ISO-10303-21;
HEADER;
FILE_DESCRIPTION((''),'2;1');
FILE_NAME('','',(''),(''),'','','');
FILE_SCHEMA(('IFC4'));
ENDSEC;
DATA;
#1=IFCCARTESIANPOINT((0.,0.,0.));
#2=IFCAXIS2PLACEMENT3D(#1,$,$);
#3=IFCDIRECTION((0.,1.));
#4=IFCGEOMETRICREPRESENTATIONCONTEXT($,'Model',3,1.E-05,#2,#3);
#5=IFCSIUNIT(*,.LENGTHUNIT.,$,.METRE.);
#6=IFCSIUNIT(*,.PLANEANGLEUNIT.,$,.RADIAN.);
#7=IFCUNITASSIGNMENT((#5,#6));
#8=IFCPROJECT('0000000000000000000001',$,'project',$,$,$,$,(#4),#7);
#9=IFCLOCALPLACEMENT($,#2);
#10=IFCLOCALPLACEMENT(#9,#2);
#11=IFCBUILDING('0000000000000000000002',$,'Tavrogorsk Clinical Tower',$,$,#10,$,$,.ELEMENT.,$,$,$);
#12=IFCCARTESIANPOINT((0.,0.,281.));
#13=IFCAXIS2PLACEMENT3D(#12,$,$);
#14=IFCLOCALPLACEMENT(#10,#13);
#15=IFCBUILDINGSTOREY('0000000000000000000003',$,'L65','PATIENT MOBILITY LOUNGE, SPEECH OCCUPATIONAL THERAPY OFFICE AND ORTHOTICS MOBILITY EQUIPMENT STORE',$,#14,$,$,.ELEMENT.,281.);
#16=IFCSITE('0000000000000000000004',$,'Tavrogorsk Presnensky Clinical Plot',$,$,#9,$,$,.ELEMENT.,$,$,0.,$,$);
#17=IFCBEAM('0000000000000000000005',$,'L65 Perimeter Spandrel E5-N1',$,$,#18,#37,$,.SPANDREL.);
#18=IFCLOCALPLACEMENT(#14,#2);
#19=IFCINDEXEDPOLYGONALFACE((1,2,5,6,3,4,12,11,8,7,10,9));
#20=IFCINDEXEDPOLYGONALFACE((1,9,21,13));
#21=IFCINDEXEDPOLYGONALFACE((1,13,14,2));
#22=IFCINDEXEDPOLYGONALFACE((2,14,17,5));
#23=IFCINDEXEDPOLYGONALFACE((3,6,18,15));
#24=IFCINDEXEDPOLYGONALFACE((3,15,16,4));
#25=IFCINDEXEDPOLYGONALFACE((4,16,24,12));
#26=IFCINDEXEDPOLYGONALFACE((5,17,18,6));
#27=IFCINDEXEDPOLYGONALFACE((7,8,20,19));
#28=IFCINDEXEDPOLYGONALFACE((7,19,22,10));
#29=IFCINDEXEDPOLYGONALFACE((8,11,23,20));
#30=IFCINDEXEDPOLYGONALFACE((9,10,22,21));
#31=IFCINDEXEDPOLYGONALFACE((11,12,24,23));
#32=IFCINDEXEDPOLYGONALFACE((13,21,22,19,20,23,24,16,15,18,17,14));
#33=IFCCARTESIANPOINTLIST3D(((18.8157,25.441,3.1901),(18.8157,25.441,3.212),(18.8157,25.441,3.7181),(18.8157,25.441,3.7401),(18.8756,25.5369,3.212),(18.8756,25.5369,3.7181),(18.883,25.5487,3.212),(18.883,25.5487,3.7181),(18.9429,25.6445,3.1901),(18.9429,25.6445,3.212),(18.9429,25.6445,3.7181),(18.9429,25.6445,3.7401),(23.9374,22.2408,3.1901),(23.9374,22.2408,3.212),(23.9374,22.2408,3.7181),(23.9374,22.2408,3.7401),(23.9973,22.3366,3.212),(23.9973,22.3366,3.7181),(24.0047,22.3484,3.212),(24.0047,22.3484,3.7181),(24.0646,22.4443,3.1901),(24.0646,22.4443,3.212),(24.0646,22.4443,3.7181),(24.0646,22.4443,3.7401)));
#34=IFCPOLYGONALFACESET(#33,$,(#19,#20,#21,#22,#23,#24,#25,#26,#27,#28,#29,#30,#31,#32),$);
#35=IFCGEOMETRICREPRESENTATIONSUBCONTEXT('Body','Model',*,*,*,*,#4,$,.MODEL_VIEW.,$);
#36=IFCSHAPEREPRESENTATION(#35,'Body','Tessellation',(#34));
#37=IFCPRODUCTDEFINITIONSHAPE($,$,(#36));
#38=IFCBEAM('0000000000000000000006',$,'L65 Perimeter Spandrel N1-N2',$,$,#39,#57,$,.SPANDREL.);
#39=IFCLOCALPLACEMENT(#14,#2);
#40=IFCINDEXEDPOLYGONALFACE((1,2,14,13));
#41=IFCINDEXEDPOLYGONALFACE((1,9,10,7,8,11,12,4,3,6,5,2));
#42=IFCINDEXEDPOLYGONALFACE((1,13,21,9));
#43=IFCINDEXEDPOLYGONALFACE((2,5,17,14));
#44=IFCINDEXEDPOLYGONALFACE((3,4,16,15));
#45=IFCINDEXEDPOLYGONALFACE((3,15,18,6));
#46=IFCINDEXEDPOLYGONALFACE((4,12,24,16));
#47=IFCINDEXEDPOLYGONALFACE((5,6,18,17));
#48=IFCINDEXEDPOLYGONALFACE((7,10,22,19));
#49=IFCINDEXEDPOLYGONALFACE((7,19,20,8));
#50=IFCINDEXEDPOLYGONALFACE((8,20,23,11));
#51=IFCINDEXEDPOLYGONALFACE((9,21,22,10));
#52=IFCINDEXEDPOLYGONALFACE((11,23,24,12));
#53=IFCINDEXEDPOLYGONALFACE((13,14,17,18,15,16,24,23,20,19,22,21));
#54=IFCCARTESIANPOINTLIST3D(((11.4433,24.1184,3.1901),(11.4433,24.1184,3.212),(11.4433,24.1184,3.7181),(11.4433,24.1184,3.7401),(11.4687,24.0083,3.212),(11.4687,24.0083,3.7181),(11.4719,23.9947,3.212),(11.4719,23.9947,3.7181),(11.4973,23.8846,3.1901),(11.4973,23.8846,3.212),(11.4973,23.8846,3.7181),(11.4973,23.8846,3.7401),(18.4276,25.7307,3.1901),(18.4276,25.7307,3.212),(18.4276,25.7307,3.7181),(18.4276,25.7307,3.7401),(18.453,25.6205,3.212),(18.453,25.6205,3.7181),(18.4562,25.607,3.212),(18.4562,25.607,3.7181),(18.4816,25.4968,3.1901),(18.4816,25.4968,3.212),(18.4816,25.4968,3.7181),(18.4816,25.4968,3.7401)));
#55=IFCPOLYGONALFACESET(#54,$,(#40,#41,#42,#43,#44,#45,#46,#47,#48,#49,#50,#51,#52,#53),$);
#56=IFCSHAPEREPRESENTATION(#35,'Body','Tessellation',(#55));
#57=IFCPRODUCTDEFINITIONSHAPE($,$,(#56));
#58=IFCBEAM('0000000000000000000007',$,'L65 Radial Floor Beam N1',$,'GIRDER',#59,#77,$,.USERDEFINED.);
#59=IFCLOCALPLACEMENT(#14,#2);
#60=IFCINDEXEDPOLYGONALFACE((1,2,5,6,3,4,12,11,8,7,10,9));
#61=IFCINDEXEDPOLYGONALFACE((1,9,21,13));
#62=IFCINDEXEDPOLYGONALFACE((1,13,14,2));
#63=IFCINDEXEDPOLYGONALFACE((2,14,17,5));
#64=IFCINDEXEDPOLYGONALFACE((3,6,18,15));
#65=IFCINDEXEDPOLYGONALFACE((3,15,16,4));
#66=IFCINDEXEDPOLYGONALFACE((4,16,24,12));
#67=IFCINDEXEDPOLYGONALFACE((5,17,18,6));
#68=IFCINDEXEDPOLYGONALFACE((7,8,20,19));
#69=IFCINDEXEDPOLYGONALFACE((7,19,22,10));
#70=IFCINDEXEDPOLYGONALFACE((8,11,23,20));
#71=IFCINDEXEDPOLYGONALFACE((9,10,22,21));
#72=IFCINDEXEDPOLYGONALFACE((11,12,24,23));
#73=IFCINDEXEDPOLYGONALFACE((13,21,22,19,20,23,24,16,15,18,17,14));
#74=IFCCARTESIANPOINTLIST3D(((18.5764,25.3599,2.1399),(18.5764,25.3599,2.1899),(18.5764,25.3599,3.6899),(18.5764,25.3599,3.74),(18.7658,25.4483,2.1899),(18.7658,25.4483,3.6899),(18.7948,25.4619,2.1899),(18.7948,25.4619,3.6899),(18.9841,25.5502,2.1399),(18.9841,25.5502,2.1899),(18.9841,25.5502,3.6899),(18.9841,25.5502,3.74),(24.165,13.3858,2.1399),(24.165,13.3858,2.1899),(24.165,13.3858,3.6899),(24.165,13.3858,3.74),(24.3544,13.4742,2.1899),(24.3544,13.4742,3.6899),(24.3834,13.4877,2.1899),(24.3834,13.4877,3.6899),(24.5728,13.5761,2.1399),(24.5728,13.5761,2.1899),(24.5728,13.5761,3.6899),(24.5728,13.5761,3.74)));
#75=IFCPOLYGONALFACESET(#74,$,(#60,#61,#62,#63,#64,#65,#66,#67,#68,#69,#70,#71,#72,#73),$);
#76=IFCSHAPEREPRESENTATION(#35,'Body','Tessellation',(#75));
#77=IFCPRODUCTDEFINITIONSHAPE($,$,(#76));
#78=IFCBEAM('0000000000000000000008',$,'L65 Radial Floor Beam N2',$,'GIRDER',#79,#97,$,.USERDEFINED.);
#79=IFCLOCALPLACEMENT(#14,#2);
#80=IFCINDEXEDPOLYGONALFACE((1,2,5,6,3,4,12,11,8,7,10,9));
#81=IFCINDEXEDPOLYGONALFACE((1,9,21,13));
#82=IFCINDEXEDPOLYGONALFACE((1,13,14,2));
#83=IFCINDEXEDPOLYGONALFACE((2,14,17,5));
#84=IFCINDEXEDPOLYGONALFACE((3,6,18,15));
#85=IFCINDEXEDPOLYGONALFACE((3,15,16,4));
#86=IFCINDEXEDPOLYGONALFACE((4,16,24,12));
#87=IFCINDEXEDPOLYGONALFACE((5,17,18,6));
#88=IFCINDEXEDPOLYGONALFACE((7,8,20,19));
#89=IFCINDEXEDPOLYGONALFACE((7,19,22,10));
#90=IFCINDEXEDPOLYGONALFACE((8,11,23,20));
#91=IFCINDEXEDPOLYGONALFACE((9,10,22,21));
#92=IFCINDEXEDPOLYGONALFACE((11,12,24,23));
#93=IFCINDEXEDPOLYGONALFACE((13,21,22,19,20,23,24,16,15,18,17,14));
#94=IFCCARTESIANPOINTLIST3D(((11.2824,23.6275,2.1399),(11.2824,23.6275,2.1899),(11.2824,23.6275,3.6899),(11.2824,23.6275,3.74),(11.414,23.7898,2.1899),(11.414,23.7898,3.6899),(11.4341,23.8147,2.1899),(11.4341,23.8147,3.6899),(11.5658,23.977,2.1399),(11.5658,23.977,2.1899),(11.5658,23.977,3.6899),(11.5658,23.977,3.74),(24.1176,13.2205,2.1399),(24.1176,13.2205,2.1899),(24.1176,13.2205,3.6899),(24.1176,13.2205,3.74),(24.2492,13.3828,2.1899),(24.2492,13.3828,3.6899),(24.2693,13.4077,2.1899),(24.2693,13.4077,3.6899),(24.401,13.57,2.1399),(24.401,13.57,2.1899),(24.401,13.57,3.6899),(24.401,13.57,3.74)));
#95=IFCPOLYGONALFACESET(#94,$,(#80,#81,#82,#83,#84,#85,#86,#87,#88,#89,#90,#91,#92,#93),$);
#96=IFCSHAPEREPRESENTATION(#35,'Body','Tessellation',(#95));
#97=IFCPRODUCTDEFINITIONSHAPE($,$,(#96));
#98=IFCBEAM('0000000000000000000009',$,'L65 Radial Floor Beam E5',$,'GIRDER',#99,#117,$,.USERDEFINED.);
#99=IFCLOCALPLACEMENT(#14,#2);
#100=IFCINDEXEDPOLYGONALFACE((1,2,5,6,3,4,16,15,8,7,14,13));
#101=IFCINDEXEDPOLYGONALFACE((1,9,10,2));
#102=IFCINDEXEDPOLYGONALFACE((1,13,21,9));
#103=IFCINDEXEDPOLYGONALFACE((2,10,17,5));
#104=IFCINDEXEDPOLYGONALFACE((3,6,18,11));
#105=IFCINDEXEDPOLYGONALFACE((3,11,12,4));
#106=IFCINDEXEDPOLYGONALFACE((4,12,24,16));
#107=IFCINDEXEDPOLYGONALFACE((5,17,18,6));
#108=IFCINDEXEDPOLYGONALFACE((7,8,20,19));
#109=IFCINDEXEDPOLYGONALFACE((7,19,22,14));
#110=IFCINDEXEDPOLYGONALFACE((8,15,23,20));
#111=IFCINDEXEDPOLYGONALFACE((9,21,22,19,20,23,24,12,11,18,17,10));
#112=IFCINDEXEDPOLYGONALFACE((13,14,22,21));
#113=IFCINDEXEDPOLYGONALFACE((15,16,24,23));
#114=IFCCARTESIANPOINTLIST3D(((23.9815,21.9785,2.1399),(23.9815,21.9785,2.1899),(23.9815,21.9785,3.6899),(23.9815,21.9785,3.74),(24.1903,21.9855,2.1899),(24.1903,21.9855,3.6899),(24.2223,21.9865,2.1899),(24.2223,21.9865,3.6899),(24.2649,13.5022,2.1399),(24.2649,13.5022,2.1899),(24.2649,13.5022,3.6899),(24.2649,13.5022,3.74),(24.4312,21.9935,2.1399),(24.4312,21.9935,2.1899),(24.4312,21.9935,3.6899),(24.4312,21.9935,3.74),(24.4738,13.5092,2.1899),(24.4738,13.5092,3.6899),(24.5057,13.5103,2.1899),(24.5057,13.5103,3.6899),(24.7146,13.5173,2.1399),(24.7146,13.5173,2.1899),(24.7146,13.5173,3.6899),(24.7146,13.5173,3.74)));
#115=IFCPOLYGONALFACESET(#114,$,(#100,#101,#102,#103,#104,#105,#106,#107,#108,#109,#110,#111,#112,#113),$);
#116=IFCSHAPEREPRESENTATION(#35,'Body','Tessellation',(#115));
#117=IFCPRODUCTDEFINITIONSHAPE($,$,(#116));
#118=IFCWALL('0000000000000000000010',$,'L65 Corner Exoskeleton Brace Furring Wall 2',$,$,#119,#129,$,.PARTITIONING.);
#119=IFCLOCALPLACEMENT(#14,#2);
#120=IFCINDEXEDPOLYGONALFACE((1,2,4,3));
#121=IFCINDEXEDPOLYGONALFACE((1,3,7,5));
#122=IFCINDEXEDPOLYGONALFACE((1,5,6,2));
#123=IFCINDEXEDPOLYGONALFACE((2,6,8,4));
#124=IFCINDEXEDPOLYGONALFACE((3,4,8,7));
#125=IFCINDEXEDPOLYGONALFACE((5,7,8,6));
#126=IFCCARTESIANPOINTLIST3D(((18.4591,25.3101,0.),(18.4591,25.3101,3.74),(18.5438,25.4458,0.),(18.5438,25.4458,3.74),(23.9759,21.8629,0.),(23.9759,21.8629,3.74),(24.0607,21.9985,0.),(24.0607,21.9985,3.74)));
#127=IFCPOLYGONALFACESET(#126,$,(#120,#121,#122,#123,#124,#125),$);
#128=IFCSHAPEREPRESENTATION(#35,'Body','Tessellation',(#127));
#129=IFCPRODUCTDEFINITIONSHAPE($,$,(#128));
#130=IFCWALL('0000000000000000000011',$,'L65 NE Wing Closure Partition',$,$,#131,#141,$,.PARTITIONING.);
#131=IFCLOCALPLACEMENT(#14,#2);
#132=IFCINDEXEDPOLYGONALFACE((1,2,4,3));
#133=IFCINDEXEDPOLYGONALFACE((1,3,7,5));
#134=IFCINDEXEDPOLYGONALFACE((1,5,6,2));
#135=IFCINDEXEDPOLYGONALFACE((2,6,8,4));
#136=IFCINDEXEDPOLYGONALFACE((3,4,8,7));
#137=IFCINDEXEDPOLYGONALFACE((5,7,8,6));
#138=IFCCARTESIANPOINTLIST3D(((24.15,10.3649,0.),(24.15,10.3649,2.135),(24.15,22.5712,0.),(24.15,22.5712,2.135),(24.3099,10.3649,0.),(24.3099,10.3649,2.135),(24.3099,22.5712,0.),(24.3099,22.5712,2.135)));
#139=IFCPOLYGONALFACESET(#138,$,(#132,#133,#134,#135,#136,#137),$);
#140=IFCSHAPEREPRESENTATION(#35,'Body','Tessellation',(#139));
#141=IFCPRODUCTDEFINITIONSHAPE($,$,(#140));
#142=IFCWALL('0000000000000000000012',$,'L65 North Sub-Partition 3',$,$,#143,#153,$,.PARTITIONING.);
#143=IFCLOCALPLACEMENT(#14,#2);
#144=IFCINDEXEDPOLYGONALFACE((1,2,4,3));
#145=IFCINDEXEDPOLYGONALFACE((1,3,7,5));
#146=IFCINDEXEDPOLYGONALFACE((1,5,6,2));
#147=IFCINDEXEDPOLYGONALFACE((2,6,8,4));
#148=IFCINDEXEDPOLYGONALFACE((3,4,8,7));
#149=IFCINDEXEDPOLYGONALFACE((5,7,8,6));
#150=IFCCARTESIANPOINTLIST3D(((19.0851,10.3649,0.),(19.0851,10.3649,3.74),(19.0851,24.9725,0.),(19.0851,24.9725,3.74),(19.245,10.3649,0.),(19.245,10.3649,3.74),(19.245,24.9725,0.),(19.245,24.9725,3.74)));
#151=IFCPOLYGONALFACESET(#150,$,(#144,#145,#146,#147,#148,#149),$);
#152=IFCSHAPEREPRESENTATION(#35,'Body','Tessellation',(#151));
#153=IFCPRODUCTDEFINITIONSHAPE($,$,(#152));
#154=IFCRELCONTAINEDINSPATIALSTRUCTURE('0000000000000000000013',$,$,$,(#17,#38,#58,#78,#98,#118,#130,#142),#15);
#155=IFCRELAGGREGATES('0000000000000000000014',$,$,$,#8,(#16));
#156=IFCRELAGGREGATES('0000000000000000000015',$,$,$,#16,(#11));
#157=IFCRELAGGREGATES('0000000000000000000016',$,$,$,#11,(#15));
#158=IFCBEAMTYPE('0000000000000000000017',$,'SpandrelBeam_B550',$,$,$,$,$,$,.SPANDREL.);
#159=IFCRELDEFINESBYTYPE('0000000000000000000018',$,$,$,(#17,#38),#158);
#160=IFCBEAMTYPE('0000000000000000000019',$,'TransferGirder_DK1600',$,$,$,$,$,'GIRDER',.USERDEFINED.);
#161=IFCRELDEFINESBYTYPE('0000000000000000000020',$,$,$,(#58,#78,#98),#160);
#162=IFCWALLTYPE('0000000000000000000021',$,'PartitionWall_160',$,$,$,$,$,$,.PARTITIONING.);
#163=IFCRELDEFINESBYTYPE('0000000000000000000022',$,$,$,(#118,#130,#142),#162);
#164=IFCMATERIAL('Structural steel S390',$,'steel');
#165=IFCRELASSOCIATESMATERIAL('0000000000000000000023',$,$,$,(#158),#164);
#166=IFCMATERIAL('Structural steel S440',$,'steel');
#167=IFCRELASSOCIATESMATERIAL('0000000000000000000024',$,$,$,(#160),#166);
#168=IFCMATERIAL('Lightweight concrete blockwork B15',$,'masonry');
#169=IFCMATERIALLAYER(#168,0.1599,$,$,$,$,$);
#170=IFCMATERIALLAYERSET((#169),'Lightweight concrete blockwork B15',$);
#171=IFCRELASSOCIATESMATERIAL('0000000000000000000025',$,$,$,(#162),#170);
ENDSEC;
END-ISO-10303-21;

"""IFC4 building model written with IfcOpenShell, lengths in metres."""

from ifc_helpers import new_model, si_unit, direction, frame, frame_2d, origin, origin_2d, place, context, subcontext, project, spatial, rectangle, i_section, extrude, material, layer, layer_set, material_profile, profile_set, type_object, element, save


model = new_model("IFC4")

# Units and contexts
model_context = context("Model", 3, precision=1e-05, world=origin(), true_north=direction((0.0, 1.0)))
body_context = subcontext(model_context, "Body", "Model", "MODEL_VIEW")
ifc_project = project(units=[si_unit("LENGTHUNIT", "METRE"), si_unit("PLANEANGLEUNIT", "RADIAN")], contexts=[model_context])

# Site, building, storey
site_placement = place(None, origin())
site = spatial("IfcSite", under=ifc_project, at=site_placement, Name="Tavrogorsk Presnensky Clinical Plot", CompositionType="ELEMENT", RefElevation=0.0)
building_placement = place(site_placement, origin())
building = spatial("IfcBuilding", under=site, at=building_placement, Name="Tavrogorsk Clinical Tower", CompositionType="ELEMENT")
storey_placement = place(building_placement, frame((0.0, 0.0, 281.0)))
storey = spatial("IfcBuildingStorey", under=building, at=storey_placement, Name="L65", Description="PATIENT MOBILITY LOUNGE, SPEECH OCCUPATIONAL THERAPY OFFICE AND ORTHOTICS MOBILITY EQUIPMENT STORE", CompositionType="ELEMENT", Elevation=281.0)

# Beams
ifc_material_1 = material(Name="Structural steel S390", Category="steel")
ifc_material_profile_1 = material_profile(ifc_material_1, i_section(OverallWidth=0.24, OverallDepth=0.55, WebThickness=0.0139, FlangeThickness=0.022, at=origin_2d()), Name="B-550x240x14x22")
ifc_profile_set_1 = profile_set([ifc_material_profile_1], Name="Structural steel S390")
beam_type_1 = type_object("IfcBeamType", Name="SpandrelBeam_B550", PredefinedType="SPANDREL", material=ifc_profile_set_1)
beam_1_placement = place(storey_placement, frame((24.001, 22.3425, 3.4651), z_axis=(-0.848057, 0.529904, 0.0), x_axis=(-0.529904, -0.848057, 0.0)))
element("IfcBeam", 1, at=beam_1_placement, inside=storey, type_object=beam_type_1, Name="L65 Perimeter Spandrel E5-N1", PredefinedType="SPANDREL", context=body_context, shape_type="SweptSolid", body=[
    extrude(i_section(OverallWidth=0.24, OverallDepth=0.55, WebThickness=0.0139, FlangeThickness=0.022, at=origin_2d()), origin(), (0.0, 0.0, 1.0), 6.0393),
])
beam_2_placement = place(storey_placement, frame((18.4546, 25.6138, 3.4651), z_axis=(-0.974375, -0.224929, 0.0), x_axis=(0.224929, -0.974375, 0.0)))
element("IfcBeam", 2, at=beam_2_placement, inside=storey, type_object=beam_type_1, Name="L65 Perimeter Spandrel N1-N2", PredefinedType="SPANDREL", context=body_context, shape_type="SweptSolid", body=[
    extrude(i_section(OverallWidth=0.24, OverallDepth=0.55, WebThickness=0.0139, FlangeThickness=0.022, at=origin_2d()), origin(), (0.0, 0.0, 1.0), 7.168),
])
ifc_material_2 = material(Name="Structural steel S440", Category="steel")
ifc_material_profile_2 = material_profile(ifc_material_2, i_section(OverallWidth=0.45, OverallDepth=1.6001, WebThickness=0.032, FlangeThickness=0.05, at=origin_2d()), Name="DK-1600x450x32x50")
ifc_profile_set_2 = profile_set([ifc_material_profile_2], Name="Structural steel S440")
beam_type_2 = type_object("IfcBeamType", Name="TransferGirder_DK1600", ElementType="GIRDER", PredefinedType="USERDEFINED", material=ifc_profile_set_2)
beam_3_placement = place(storey_placement, frame((24.3689, 13.481, 2.9399), z_axis=(-0.422929, 0.906163, 0.0), x_axis=(-0.906163, -0.422929, 0.0)))
element("IfcBeam", 3, at=beam_3_placement, inside=storey, type_object=beam_type_2, Name="L65 Radial Floor Beam N1", ObjectType="GIRDER", PredefinedType="USERDEFINED", context=body_context, shape_type="SweptSolid", body=[
    extrude(i_section(OverallWidth=0.45, OverallDepth=1.6001, WebThickness=0.032, FlangeThickness=0.05, at=origin_2d()), origin(), (0.0, 0.0, 1.0), 13.2141),
])
beam_4_placement = place(storey_placement, frame((24.2593, 13.3953, 2.9399), z_axis=(-0.776754, 0.629804, 0.0), x_axis=(-0.629804, -0.776754, 0.0)))
element("IfcBeam", 4, at=beam_4_placement, inside=storey, type_object=beam_type_2, Name="L65 Radial Floor Beam N2", ObjectType="GIRDER", PredefinedType="USERDEFINED", context=body_context, shape_type="SweptSolid", body=[
    extrude(i_section(OverallWidth=0.45, OverallDepth=1.6001, WebThickness=0.032, FlangeThickness=0.05, at=origin_2d()), origin(), (0.0, 0.0, 1.0), 16.5242),
])
beam_5_placement = place(storey_placement, frame((24.4897, 13.5098, 2.9399), z_axis=(-0.033421, 0.999441, 0.0), x_axis=(-0.999441, -0.033421, 0.0)))
element("IfcBeam", 5, at=beam_5_placement, inside=storey, type_object=beam_type_2, Name="L65 Radial Floor Beam E5", ObjectType="GIRDER", PredefinedType="USERDEFINED", context=body_context, shape_type="SweptSolid", body=[
    extrude(i_section(OverallWidth=0.45, OverallDepth=1.6001, WebThickness=0.032, FlangeThickness=0.05, at=origin_2d()), origin(), (0.0, 0.0, 1.0), 8.481),
])

# Walls
ifc_material_3 = material(Name="Lightweight concrete blockwork B15", Category="masonry")
ifc_layer_1 = layer(ifc_material_3, 0.1599)
ifc_layer_set_1 = layer_set([ifc_layer_1], Name="Lightweight concrete blockwork B15")
wall_type_1 = type_object("IfcWallType", Name="PartitionWall_160", PredefinedType="PARTITIONING", material=ifc_layer_set_1)
wall_1_placement = place(storey_placement, frame((24.0183, 21.9307, 0.0), z_axis=(0.0, 0.0, 1.0), x_axis=(-0.848051, 0.529915, 0.0)))
element("IfcWall", 6, at=wall_1_placement, inside=storey, type_object=wall_type_1, Name="L65 Corner Exoskeleton Brace Furring Wall 2", PredefinedType="PARTITIONING", context=body_context, shape_type="SweptSolid", body=[
    extrude(rectangle(XDim=6.5054, YDim=0.1599, at=frame_2d((3.2527, 0.0))), origin(), (0.0, 0.0, 1.0), 3.74),
])
wall_2_placement = place(storey_placement, frame((24.23, 10.365, 0.0), z_axis=(0.0, 0.0, 1.0), x_axis=(0.0, 1.0, 0.0)))
element("IfcWall", 7, at=wall_2_placement, inside=storey, type_object=wall_type_1, Name="L65 NE Wing Closure Partition", PredefinedType="PARTITIONING", context=body_context, shape_type="SweptSolid", body=[
    extrude(rectangle(XDim=12.2063, YDim=0.1599, at=frame_2d((6.103, 0.0))), origin(), (0.0, 0.0, 1.0), 2.135),
])
wall_3_placement = place(storey_placement, frame((19.165, 10.365, 0.0), z_axis=(0.0, 0.0, 1.0), x_axis=(0.0, 1.0, 0.0)))
element("IfcWall", 8, at=wall_3_placement, inside=storey, type_object=wall_type_1, Name="L65 North Sub-Partition 3", PredefinedType="PARTITIONING", context=body_context, shape_type="SweptSolid", body=[
    extrude(rectangle(XDim=14.6077, YDim=0.1599, at=frame_2d((7.3037, 0.0))), origin(), (0.0, 0.0, 1.0), 3.74),
])

save(model, "model.ifc")
